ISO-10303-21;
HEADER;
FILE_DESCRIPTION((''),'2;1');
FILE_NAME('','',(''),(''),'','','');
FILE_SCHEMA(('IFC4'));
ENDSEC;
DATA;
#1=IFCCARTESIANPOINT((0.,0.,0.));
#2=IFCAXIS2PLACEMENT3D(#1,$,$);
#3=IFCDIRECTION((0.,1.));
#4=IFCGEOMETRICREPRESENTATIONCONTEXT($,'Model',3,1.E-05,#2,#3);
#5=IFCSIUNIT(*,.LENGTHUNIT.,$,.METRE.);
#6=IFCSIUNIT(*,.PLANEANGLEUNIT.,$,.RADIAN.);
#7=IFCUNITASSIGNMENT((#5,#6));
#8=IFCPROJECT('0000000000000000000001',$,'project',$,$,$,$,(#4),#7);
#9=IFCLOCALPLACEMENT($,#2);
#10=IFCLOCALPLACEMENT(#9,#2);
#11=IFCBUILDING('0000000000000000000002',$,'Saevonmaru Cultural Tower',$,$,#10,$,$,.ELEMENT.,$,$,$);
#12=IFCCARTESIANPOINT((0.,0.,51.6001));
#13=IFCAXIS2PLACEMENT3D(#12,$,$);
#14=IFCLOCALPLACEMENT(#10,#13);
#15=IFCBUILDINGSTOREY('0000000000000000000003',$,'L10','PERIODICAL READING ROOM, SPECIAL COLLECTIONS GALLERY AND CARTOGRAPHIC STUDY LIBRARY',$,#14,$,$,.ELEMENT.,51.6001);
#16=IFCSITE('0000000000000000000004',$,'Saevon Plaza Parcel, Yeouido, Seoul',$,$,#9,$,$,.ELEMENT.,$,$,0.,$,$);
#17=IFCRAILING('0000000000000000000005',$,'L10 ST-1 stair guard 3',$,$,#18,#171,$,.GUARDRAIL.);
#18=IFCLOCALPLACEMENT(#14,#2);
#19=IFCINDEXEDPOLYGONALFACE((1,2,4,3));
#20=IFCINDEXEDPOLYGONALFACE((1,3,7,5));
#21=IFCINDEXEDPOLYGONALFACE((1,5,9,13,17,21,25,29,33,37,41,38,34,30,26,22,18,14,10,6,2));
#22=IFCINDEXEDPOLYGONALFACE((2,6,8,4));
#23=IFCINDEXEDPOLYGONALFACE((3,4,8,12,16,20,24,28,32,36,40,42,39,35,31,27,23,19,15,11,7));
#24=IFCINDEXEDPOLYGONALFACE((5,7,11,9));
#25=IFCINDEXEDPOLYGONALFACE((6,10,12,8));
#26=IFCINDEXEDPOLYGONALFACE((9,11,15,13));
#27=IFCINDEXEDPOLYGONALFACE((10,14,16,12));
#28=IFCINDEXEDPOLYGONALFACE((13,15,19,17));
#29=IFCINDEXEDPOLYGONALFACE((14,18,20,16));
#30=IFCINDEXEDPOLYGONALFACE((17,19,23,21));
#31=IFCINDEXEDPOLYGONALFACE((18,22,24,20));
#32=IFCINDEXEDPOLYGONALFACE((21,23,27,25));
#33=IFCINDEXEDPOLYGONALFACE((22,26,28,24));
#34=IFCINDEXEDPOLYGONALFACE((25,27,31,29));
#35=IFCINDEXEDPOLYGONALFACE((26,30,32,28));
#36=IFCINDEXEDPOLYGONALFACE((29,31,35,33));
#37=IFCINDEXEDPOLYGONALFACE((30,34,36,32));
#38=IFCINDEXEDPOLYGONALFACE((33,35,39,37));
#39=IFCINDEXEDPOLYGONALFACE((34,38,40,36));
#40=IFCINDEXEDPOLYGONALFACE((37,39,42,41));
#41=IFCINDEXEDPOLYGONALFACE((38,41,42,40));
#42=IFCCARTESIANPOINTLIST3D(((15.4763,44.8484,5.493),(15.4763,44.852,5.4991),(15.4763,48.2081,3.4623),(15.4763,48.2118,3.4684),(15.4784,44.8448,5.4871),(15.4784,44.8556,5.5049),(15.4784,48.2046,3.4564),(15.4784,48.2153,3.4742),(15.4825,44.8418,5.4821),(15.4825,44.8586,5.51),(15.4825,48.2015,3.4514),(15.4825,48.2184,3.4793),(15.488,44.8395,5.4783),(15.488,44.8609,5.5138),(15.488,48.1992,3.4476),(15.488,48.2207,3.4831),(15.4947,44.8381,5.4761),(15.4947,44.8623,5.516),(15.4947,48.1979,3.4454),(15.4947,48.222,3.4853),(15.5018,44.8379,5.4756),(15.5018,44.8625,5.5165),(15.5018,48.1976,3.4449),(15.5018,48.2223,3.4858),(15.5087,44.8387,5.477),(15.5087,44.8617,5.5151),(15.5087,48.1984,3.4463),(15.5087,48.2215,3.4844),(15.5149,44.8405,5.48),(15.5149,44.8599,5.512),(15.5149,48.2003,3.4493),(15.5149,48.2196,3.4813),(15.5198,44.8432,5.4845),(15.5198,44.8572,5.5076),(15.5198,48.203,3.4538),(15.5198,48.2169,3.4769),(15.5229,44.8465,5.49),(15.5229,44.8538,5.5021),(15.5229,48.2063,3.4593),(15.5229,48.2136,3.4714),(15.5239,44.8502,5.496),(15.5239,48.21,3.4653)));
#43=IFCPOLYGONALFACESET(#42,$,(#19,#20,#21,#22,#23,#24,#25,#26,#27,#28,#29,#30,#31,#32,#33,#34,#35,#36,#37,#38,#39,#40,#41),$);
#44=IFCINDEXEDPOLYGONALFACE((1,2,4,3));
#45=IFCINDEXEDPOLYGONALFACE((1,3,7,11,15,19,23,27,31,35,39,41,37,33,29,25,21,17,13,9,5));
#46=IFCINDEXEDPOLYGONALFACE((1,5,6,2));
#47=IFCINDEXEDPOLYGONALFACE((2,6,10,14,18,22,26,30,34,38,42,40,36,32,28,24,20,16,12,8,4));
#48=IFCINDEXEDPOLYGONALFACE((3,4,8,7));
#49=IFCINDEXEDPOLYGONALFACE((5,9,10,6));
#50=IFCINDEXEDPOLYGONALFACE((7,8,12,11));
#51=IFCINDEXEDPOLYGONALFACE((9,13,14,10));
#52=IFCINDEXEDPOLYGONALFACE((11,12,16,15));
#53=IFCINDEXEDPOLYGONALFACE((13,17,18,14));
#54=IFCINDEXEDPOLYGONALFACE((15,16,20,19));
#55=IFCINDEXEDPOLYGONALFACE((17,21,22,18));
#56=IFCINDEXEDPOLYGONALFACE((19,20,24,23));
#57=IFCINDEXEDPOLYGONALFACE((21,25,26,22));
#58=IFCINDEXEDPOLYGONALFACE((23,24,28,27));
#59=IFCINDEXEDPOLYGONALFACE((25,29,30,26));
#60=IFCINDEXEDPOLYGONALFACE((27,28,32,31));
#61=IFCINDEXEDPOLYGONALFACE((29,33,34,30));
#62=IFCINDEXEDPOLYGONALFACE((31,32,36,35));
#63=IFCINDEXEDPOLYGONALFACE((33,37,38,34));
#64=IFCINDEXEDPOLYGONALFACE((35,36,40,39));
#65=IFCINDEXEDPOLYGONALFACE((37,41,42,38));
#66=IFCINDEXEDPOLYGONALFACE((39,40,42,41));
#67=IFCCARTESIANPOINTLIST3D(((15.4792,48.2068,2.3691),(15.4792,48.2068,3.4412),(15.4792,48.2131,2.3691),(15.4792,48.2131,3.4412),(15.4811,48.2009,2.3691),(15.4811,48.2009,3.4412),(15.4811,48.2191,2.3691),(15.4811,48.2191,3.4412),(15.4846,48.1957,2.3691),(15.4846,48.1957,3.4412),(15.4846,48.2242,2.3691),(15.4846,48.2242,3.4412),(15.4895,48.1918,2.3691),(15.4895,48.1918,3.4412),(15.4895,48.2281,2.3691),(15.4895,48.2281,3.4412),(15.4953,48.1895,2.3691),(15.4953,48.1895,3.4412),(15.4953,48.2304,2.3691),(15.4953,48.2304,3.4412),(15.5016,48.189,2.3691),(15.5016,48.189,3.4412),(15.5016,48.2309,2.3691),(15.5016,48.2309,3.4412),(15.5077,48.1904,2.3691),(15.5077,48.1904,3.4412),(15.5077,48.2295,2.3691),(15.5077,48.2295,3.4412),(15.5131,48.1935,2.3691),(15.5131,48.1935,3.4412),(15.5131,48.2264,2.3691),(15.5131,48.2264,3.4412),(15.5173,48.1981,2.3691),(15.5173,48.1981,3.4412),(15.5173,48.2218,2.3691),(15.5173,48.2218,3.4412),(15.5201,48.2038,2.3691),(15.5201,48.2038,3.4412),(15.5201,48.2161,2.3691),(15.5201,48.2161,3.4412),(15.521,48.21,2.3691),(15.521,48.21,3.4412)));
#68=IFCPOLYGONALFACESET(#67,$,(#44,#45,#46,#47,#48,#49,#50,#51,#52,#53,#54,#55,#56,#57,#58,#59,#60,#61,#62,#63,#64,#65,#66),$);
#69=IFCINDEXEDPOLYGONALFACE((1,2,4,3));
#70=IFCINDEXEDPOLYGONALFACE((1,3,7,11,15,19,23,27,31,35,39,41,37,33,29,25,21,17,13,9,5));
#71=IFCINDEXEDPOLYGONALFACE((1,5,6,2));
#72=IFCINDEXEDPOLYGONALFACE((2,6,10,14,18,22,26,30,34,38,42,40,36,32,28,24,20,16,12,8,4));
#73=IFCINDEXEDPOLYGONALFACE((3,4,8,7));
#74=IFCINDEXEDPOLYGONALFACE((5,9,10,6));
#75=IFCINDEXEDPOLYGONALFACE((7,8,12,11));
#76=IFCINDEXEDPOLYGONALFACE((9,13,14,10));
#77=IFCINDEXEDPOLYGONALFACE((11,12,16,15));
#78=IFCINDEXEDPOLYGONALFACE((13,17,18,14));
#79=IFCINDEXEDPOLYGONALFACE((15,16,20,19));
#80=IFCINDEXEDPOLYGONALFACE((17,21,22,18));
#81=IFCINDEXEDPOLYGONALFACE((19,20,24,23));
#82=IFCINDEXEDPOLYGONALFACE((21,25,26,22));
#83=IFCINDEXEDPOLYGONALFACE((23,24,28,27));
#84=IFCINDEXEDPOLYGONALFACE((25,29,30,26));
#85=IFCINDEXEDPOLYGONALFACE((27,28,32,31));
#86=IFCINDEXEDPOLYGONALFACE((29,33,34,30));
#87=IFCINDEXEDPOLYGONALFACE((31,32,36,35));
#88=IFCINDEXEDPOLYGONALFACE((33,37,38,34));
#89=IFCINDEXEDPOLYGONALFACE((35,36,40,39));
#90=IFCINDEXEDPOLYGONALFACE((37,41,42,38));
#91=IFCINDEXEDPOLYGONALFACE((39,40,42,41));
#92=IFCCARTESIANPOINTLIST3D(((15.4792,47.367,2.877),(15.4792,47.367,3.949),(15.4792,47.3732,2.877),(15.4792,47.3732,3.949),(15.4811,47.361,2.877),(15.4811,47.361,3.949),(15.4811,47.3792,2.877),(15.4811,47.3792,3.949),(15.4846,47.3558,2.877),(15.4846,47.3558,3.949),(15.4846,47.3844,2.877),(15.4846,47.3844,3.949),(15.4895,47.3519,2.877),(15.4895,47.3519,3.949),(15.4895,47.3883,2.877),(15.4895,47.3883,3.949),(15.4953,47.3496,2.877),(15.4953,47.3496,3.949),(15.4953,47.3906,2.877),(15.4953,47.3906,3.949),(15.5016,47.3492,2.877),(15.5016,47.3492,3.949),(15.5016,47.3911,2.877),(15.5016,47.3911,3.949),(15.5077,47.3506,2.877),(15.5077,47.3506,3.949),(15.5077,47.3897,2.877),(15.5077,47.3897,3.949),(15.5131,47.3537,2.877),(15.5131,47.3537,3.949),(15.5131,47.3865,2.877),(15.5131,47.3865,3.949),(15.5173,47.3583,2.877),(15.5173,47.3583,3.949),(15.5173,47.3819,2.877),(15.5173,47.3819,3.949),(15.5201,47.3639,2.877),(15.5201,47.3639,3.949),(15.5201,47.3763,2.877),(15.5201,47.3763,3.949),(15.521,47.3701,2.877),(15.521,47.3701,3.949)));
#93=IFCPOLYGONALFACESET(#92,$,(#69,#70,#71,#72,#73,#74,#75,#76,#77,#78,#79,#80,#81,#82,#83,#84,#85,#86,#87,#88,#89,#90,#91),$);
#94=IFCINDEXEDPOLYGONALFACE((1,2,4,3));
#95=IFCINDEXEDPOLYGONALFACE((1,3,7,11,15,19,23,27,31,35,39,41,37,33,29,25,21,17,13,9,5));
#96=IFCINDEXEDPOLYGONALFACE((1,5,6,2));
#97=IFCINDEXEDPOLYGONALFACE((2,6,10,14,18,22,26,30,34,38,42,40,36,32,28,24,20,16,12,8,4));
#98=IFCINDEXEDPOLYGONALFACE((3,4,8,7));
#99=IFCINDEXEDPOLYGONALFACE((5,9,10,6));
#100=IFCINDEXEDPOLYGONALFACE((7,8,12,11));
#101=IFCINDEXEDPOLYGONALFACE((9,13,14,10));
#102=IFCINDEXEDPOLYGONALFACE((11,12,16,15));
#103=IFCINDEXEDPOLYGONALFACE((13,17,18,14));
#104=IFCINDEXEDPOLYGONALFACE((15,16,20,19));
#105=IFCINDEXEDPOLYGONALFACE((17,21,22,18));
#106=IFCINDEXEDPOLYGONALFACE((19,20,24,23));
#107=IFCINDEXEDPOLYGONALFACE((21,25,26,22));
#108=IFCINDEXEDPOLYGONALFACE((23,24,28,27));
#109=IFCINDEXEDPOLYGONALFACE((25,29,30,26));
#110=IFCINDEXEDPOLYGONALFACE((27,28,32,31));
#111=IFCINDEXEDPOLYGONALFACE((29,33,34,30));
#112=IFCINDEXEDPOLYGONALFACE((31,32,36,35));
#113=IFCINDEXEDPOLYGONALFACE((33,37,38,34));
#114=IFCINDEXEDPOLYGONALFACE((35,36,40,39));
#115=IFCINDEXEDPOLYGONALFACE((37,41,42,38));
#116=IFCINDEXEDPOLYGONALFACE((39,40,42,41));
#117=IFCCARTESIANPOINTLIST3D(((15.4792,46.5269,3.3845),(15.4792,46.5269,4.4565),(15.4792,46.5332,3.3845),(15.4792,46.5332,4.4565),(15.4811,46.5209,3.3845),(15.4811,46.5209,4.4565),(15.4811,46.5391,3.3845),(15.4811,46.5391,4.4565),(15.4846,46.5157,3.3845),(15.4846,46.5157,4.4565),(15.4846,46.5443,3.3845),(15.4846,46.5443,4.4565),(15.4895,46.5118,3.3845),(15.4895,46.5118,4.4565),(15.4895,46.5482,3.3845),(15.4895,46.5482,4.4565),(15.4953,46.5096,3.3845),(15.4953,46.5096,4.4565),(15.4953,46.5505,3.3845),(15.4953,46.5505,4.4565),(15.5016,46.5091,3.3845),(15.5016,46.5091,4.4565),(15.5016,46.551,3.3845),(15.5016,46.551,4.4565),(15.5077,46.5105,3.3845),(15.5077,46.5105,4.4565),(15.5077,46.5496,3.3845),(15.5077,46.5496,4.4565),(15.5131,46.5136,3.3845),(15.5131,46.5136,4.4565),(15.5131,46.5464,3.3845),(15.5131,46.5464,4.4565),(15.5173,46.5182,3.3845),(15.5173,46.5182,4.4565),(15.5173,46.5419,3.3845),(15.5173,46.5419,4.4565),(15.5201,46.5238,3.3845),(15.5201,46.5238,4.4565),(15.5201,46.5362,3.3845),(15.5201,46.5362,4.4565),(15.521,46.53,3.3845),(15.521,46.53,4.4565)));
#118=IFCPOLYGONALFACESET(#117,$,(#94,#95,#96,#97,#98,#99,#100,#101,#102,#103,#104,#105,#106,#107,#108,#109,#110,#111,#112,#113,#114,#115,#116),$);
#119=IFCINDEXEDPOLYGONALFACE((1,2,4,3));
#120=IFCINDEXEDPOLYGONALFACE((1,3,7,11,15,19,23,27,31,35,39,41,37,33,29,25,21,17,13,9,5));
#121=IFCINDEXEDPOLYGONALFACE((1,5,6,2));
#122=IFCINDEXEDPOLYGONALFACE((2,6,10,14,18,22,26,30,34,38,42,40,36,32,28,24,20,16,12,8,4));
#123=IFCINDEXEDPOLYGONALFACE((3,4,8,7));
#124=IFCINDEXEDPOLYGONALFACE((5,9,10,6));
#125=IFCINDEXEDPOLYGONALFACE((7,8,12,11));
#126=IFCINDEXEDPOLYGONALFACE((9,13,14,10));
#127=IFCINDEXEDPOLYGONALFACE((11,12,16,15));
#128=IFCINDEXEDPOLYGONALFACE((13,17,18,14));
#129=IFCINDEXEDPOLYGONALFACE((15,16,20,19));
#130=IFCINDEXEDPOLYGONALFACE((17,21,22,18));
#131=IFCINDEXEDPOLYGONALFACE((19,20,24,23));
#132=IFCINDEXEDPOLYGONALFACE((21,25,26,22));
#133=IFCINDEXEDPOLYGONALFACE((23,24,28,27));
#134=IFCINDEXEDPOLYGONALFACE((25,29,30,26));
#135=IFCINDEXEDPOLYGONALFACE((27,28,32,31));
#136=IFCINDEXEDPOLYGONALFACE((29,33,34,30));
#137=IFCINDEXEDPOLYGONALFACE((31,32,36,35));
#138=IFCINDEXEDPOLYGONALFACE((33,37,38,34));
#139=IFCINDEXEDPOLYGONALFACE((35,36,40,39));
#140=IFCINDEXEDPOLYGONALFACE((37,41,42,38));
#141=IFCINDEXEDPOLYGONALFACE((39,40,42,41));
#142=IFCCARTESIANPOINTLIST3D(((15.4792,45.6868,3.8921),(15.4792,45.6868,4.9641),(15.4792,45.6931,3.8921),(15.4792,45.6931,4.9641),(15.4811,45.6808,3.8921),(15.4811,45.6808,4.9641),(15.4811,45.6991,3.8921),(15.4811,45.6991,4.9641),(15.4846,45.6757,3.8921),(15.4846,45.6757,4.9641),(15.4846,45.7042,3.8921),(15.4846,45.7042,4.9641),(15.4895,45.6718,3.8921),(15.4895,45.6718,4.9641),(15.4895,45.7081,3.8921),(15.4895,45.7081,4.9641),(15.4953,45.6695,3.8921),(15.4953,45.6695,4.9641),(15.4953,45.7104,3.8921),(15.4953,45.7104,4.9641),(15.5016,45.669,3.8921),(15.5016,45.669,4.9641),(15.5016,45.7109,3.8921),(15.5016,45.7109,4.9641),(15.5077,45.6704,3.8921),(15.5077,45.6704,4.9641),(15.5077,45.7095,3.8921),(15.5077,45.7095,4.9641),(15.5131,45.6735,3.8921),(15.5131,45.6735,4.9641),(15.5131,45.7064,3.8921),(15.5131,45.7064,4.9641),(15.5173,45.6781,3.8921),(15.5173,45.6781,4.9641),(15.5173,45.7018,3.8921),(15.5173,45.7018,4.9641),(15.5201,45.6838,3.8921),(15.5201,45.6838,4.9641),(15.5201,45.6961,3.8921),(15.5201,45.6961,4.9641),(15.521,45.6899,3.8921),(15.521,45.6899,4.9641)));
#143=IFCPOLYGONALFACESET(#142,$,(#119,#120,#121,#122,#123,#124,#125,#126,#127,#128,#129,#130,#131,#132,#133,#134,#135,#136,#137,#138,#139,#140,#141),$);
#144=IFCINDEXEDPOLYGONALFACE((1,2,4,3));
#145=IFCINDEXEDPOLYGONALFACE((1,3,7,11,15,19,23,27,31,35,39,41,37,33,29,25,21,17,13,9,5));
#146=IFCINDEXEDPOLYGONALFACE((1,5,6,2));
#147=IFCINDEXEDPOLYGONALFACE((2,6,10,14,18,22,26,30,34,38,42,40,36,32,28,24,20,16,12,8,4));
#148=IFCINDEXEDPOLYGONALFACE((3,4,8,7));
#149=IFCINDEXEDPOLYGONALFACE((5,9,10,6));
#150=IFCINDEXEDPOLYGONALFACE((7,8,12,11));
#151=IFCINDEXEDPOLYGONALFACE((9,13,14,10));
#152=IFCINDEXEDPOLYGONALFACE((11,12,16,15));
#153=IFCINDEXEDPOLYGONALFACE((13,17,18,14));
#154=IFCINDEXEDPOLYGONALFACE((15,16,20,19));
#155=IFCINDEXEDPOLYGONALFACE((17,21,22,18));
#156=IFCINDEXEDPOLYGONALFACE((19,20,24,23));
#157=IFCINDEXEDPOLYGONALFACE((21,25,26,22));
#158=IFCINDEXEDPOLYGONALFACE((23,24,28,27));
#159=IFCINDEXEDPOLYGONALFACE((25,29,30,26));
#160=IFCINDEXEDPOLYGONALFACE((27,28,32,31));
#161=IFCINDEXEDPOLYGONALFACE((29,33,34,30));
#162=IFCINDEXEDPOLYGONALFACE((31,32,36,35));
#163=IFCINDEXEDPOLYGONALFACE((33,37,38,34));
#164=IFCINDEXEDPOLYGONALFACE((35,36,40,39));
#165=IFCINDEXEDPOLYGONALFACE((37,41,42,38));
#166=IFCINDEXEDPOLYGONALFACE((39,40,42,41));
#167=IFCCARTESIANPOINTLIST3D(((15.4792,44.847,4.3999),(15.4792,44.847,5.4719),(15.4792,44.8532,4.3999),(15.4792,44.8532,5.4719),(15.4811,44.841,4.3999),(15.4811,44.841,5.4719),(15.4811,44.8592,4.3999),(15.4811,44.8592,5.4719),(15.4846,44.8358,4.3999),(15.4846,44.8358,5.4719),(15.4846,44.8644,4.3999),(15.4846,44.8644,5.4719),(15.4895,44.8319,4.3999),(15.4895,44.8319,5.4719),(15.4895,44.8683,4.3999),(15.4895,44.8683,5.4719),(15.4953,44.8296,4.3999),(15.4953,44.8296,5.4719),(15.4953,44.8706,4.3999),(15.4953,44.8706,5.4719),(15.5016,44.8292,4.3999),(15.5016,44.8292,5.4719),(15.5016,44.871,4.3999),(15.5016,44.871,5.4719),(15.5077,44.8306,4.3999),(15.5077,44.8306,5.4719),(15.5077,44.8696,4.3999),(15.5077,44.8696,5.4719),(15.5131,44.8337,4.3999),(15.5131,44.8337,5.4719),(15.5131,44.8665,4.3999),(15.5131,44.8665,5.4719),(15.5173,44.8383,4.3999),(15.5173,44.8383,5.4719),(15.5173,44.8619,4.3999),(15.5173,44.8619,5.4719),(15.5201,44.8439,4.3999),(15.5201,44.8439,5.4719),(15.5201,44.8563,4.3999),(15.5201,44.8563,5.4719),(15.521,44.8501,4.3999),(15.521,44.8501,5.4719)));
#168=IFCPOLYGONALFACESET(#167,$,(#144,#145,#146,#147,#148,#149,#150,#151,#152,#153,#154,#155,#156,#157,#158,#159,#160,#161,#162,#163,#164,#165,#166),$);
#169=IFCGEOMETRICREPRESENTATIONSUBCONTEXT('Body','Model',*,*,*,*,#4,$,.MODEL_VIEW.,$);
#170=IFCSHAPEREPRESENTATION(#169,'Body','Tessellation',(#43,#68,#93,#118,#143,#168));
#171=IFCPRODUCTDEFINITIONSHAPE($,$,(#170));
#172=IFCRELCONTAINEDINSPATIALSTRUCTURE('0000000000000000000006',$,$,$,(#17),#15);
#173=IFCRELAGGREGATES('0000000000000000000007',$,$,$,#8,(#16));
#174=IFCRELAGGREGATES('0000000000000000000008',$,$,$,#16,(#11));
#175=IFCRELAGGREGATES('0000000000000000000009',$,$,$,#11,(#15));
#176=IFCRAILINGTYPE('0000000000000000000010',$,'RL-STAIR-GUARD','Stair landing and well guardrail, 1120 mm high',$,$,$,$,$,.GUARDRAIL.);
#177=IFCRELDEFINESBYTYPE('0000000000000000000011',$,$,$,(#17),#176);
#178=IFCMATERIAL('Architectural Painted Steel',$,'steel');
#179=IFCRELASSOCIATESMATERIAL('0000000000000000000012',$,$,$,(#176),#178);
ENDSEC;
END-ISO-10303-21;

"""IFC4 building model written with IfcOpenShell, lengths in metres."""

from ifc_helpers import new_model, si_unit, direction, frame, origin, origin_2d, place, context, subcontext, project, spatial, circle, extrude, material, type_object, element, save


model = new_model("IFC4")

# Units and contexts
model_context = context("Model", 3, precision=1e-05, world=origin(), true_north=direction((0.0, 1.0)))
body_context = subcontext(model_context, "Body", "Model", "MODEL_VIEW")
ifc_project = project(units=[si_unit("LENGTHUNIT", "METRE"), si_unit("PLANEANGLEUNIT", "RADIAN")], contexts=[model_context])

# Site, building, storey
site_placement = place(None, origin())
site = spatial("IfcSite", under=ifc_project, at=site_placement, Name="Saevon Plaza Parcel, Yeouido, Seoul", CompositionType="ELEMENT", RefElevation=0.0)
building_placement = place(site_placement, origin())
building = spatial("IfcBuilding", under=site, at=building_placement, Name="Saevonmaru Cultural Tower", CompositionType="ELEMENT")
storey_placement = place(building_placement, frame((0.0, 0.0, 51.6001)))
storey = spatial("IfcBuildingStorey", under=building, at=storey_placement, Name="L10", Description="PERIODICAL READING ROOM, SPECIAL COLLECTIONS GALLERY AND CARTOGRAPHIC STUDY LIBRARY", CompositionType="ELEMENT", Elevation=51.6001)

# Railing
ifc_material_1 = material(Name="Architectural Painted Steel", Category="steel")
railing_type = type_object("IfcRailingType", Name="RL-STAIR-GUARD", Description="Stair landing and well guardrail, 1120 mm high", PredefinedType="GUARDRAIL", material=ifc_material_1)
railing_1_placement = place(storey_placement, frame((15.5, 48.21, 2.3691)))
element("IfcRailing", 1, at=railing_1_placement, inside=storey, type_object=railing_type, Name="L10 ST-1 stair guard 3", PredefinedType="GUARDRAIL", context=body_context, shape_type="SweptSolid", body=[
    extrude(circle(Radius=0.0239, at=origin_2d()), frame((0.0, 0.0, 1.0962), z_axis=(0.0, -0.85582, 0.517273), x_axis=(1.0, 0.0, 0.0)), (0.0, 0.0, 1.0), 3.9258),
    extrude(circle(Radius=0.021, at=origin_2d()), origin(), (0.0, 0.0, 1.0), 1.072),
    extrude(circle(Radius=0.021, at=origin_2d()), frame((0.0, -0.8398, 0.5078)), (0.0, 0.0, 1.0), 1.072),
    extrude(circle(Radius=0.021, at=origin_2d()), frame((0.0, -1.6799, 1.0154)), (0.0, 0.0, 1.0), 1.072),
    extrude(circle(Radius=0.021, at=origin_2d()), frame((0.0, -2.52, 1.5229)), (0.0, 0.0, 1.0), 1.072),
    extrude(circle(Radius=0.021, at=origin_2d()), frame((0.0, -3.3599, 2.0308)), (0.0, 0.0, 1.0), 1.072),
])

save(model, "model.ifc")
